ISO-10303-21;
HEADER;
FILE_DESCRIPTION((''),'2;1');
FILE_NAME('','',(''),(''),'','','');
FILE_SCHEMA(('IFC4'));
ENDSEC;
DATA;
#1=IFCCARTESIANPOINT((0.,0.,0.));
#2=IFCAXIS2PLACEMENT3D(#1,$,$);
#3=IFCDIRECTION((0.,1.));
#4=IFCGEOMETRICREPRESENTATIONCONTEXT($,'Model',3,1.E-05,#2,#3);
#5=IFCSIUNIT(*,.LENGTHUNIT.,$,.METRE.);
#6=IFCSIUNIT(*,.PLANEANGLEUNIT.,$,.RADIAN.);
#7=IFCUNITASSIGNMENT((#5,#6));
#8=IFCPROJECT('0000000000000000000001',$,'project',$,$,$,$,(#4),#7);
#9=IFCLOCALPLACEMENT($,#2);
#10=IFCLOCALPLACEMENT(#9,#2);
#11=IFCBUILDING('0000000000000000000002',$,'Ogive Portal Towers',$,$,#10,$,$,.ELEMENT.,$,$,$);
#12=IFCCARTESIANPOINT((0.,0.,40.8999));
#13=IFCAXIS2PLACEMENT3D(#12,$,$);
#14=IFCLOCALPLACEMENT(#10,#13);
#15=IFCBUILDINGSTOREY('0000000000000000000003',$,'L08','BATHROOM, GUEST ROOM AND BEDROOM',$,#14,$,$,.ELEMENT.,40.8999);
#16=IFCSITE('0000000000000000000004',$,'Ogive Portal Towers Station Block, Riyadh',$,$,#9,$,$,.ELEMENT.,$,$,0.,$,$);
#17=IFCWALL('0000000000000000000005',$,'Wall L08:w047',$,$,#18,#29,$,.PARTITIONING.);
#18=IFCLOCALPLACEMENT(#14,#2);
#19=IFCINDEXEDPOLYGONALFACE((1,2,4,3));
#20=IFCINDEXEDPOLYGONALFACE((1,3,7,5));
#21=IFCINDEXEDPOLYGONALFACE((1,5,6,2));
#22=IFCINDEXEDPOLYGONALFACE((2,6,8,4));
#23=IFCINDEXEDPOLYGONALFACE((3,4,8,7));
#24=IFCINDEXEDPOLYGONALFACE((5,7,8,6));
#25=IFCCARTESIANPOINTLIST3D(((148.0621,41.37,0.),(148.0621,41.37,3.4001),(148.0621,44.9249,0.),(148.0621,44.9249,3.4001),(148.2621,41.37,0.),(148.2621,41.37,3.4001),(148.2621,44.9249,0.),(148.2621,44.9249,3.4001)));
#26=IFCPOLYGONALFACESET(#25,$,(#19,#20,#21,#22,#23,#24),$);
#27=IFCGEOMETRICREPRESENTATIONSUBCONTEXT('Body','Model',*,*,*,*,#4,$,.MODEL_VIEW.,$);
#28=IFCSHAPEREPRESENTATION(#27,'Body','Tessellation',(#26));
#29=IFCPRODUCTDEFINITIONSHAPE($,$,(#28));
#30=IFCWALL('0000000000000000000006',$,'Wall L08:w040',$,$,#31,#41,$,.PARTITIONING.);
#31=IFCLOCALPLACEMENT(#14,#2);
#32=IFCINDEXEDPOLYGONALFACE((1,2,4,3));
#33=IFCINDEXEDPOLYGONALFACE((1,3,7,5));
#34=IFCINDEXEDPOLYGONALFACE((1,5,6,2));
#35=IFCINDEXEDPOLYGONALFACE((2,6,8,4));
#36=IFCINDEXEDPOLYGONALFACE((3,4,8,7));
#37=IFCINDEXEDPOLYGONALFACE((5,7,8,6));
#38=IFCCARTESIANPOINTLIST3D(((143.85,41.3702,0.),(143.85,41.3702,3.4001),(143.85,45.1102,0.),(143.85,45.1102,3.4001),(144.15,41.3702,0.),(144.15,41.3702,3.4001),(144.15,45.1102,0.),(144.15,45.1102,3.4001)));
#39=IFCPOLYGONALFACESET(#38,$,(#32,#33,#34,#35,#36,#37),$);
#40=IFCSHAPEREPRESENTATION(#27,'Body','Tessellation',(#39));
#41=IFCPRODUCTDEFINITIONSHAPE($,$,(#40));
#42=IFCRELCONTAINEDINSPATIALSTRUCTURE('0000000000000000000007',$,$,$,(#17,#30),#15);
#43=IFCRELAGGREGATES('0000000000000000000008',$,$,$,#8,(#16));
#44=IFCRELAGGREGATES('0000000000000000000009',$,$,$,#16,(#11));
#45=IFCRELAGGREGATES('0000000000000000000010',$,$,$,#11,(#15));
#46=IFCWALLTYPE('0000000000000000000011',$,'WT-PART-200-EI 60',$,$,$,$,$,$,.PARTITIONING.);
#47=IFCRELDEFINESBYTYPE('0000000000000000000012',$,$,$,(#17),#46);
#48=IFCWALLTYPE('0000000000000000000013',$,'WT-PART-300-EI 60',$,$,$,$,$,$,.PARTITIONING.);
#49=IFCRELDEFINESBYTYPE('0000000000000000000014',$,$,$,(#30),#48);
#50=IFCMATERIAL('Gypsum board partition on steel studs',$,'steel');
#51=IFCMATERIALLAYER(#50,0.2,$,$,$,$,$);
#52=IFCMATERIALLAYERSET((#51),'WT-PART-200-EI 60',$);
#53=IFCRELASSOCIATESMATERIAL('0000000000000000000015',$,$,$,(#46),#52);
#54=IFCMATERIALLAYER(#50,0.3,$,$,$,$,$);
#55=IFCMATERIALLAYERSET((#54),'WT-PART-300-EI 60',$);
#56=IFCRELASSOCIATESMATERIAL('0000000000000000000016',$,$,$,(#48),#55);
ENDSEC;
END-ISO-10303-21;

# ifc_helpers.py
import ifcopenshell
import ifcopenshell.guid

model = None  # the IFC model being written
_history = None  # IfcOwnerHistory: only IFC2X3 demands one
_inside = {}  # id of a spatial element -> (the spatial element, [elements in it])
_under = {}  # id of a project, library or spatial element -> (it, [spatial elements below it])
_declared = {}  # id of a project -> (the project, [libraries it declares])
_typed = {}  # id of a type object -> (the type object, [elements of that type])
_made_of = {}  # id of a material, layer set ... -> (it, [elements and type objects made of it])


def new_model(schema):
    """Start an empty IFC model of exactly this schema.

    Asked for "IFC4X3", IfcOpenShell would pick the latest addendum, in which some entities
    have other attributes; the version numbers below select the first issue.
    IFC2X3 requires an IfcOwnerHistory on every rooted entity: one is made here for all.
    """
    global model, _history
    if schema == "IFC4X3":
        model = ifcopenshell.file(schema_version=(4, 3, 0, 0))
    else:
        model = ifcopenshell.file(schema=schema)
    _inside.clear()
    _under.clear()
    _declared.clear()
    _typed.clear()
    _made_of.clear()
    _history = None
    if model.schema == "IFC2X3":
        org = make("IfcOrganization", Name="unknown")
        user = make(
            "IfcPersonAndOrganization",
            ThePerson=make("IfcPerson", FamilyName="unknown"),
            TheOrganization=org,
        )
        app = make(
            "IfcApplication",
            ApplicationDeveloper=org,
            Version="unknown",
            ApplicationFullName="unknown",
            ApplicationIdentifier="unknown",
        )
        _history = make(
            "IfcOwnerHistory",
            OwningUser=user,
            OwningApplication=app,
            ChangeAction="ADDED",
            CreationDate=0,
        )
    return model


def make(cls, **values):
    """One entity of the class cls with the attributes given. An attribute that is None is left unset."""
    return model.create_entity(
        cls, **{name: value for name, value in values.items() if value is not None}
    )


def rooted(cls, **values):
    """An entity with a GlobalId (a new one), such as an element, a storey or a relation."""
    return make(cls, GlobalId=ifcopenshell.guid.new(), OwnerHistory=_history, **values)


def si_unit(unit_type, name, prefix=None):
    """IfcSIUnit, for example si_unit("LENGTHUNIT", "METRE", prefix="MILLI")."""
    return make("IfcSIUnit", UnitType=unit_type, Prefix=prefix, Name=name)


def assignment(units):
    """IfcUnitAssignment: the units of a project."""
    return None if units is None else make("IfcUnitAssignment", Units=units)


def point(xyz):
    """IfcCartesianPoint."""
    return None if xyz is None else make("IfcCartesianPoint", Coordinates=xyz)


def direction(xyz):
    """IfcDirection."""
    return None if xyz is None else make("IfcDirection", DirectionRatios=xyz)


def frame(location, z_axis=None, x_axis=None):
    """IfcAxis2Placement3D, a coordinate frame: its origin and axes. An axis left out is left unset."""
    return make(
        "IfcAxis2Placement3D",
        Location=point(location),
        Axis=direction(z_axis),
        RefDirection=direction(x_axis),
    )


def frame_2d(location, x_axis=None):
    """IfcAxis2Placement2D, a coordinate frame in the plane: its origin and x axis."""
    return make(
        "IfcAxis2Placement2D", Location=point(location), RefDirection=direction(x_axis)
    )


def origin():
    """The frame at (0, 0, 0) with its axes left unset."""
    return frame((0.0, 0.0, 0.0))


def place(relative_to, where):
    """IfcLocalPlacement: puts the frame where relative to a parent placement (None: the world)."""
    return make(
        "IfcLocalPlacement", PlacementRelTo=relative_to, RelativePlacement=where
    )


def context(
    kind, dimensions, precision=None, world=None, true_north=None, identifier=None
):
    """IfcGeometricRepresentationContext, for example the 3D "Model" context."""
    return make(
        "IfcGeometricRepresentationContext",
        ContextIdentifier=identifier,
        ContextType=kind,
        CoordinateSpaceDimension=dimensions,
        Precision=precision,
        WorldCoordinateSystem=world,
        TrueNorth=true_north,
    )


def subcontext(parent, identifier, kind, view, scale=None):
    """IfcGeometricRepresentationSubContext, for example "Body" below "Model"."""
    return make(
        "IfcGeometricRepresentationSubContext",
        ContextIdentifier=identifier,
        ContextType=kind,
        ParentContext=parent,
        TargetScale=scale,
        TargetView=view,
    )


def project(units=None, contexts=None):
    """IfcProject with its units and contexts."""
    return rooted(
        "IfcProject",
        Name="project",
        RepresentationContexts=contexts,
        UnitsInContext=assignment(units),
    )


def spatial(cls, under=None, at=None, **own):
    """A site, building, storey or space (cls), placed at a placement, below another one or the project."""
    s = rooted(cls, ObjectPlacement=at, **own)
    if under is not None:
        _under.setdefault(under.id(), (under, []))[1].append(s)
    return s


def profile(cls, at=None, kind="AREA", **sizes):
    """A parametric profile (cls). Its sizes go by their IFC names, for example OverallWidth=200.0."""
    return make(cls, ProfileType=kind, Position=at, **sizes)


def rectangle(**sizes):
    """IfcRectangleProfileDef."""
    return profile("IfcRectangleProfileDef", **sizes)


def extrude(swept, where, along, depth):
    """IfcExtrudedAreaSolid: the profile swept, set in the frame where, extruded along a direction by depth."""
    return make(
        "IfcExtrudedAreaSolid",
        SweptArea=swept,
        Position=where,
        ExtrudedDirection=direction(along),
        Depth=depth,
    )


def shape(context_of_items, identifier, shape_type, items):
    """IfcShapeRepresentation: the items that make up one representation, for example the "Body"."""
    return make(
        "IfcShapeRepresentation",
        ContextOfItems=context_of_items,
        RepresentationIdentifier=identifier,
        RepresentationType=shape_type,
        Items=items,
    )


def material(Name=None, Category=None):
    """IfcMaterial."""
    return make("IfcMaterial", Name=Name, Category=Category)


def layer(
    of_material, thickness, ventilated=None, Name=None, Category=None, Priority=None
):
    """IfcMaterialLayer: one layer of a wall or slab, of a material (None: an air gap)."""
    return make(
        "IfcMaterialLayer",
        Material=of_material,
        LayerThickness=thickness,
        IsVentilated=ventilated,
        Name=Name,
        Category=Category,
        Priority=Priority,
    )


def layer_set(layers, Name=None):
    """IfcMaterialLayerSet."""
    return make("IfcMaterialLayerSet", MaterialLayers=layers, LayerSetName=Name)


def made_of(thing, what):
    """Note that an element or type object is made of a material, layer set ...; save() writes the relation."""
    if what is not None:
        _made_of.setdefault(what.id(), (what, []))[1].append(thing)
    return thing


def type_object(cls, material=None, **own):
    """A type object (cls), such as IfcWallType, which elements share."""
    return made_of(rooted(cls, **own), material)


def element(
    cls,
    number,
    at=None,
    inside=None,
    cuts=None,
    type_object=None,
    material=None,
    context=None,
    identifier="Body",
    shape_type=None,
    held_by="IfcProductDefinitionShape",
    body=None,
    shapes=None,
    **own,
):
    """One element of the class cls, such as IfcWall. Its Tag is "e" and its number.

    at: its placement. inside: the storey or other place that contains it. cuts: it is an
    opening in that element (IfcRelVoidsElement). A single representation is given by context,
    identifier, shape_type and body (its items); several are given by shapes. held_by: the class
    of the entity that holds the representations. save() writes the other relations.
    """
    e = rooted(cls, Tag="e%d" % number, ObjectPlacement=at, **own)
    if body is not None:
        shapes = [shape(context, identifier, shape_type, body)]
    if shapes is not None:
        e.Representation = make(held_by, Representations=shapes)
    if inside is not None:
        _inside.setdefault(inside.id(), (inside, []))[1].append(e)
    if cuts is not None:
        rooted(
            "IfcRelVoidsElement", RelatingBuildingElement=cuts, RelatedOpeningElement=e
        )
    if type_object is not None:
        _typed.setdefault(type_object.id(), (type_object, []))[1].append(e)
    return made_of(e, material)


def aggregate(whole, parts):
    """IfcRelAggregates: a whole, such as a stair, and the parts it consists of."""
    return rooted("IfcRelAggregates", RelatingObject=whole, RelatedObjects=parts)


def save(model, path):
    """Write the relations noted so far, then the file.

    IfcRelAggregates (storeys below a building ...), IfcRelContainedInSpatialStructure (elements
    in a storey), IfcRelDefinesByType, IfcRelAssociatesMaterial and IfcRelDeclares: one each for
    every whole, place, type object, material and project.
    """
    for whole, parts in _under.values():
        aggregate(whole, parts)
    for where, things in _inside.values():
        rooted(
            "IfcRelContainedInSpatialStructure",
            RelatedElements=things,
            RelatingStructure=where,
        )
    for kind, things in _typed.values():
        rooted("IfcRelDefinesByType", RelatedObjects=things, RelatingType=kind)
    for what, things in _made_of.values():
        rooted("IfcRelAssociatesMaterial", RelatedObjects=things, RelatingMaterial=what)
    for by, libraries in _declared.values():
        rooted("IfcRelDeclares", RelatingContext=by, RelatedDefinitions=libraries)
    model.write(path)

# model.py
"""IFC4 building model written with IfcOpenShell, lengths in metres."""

from ifc_helpers import new_model, si_unit, direction, frame, frame_2d, origin, place, context, subcontext, project, spatial, rectangle, extrude, material, layer, layer_set, type_object, element, save


model = new_model("IFC4")

# Units and contexts
model_context = context("Model", 3, precision=1e-05, world=origin(), true_north=direction((0.0, 1.0)))
body_context = subcontext(model_context, "Body", "Model", "MODEL_VIEW")
ifc_project = project(units=[si_unit("LENGTHUNIT", "METRE"), si_unit("PLANEANGLEUNIT", "RADIAN")], contexts=[model_context])

# Site, building, storey
site_placement = place(None, origin())
site = spatial("IfcSite", under=ifc_project, at=site_placement, Name="Ogive Portal Towers Station Block, Riyadh", CompositionType="ELEMENT", RefElevation=0.0)
building_placement = place(site_placement, origin())
building = spatial("IfcBuilding", under=site, at=building_placement, Name="Ogive Portal Towers", CompositionType="ELEMENT")
storey_placement = place(building_placement, frame((0.0, 0.0, 40.8999)))
storey = spatial("IfcBuildingStorey", under=building, at=storey_placement, Name="L08", Description="BATHROOM, GUEST ROOM AND BEDROOM", CompositionType="ELEMENT", Elevation=40.8999)

# Shared definitions
ifc_material_1 = material(Name="Gypsum board partition on steel studs", Category="steel")
ifc_layer_1 = layer(ifc_material_1, 0.2)
ifc_layer_set_1 = layer_set([ifc_layer_1], Name="WT-PART-200-EI 60")
wall_type_1 = type_object("IfcWallType", Name="WT-PART-200-EI 60", PredefinedType="PARTITIONING", material=ifc_layer_set_1)

# Walls
wall_1_placement = place(storey_placement, frame((148.1621, 41.3701, 0.0), z_axis=(0.0, 0.0, 1.0), x_axis=(0.0, 1.0, 0.0)))
element("IfcWall", 1, at=wall_1_placement, inside=storey, type_object=wall_type_1, Name="Wall L08:w047", PredefinedType="PARTITIONING", context=body_context, shape_type="SweptSolid", body=[
    extrude(rectangle(XDim=3.5549, YDim=0.2, at=frame_2d((1.7773, 0.0))), origin(), (0.0, 0.0, 1.0), 3.4001),
])
ifc_layer_2 = layer(ifc_material_1, 0.3)
ifc_layer_set_2 = layer_set([ifc_layer_2], Name="WT-PART-300-EI 60")
wall_type_2 = type_object("IfcWallType", Name="WT-PART-300-EI 60", PredefinedType="PARTITIONING", material=ifc_layer_set_2)
wall_2_placement = place(storey_placement, frame((144.0, 41.3701, 0.0), z_axis=(0.0, 0.0, 1.0), x_axis=(0.0, 1.0, 0.0)))
element("IfcWall", 2, at=wall_2_placement, inside=storey, type_object=wall_type_2, Name="Wall L08:w040", PredefinedType="PARTITIONING", context=body_context, shape_type="SweptSolid", body=[
    extrude(rectangle(XDim=3.74, YDim=0.3, at=frame_2d((1.8701, 0.0))), origin(), (0.0, 0.0, 1.0), 3.4001),
])

save(model, "model.ifc")
